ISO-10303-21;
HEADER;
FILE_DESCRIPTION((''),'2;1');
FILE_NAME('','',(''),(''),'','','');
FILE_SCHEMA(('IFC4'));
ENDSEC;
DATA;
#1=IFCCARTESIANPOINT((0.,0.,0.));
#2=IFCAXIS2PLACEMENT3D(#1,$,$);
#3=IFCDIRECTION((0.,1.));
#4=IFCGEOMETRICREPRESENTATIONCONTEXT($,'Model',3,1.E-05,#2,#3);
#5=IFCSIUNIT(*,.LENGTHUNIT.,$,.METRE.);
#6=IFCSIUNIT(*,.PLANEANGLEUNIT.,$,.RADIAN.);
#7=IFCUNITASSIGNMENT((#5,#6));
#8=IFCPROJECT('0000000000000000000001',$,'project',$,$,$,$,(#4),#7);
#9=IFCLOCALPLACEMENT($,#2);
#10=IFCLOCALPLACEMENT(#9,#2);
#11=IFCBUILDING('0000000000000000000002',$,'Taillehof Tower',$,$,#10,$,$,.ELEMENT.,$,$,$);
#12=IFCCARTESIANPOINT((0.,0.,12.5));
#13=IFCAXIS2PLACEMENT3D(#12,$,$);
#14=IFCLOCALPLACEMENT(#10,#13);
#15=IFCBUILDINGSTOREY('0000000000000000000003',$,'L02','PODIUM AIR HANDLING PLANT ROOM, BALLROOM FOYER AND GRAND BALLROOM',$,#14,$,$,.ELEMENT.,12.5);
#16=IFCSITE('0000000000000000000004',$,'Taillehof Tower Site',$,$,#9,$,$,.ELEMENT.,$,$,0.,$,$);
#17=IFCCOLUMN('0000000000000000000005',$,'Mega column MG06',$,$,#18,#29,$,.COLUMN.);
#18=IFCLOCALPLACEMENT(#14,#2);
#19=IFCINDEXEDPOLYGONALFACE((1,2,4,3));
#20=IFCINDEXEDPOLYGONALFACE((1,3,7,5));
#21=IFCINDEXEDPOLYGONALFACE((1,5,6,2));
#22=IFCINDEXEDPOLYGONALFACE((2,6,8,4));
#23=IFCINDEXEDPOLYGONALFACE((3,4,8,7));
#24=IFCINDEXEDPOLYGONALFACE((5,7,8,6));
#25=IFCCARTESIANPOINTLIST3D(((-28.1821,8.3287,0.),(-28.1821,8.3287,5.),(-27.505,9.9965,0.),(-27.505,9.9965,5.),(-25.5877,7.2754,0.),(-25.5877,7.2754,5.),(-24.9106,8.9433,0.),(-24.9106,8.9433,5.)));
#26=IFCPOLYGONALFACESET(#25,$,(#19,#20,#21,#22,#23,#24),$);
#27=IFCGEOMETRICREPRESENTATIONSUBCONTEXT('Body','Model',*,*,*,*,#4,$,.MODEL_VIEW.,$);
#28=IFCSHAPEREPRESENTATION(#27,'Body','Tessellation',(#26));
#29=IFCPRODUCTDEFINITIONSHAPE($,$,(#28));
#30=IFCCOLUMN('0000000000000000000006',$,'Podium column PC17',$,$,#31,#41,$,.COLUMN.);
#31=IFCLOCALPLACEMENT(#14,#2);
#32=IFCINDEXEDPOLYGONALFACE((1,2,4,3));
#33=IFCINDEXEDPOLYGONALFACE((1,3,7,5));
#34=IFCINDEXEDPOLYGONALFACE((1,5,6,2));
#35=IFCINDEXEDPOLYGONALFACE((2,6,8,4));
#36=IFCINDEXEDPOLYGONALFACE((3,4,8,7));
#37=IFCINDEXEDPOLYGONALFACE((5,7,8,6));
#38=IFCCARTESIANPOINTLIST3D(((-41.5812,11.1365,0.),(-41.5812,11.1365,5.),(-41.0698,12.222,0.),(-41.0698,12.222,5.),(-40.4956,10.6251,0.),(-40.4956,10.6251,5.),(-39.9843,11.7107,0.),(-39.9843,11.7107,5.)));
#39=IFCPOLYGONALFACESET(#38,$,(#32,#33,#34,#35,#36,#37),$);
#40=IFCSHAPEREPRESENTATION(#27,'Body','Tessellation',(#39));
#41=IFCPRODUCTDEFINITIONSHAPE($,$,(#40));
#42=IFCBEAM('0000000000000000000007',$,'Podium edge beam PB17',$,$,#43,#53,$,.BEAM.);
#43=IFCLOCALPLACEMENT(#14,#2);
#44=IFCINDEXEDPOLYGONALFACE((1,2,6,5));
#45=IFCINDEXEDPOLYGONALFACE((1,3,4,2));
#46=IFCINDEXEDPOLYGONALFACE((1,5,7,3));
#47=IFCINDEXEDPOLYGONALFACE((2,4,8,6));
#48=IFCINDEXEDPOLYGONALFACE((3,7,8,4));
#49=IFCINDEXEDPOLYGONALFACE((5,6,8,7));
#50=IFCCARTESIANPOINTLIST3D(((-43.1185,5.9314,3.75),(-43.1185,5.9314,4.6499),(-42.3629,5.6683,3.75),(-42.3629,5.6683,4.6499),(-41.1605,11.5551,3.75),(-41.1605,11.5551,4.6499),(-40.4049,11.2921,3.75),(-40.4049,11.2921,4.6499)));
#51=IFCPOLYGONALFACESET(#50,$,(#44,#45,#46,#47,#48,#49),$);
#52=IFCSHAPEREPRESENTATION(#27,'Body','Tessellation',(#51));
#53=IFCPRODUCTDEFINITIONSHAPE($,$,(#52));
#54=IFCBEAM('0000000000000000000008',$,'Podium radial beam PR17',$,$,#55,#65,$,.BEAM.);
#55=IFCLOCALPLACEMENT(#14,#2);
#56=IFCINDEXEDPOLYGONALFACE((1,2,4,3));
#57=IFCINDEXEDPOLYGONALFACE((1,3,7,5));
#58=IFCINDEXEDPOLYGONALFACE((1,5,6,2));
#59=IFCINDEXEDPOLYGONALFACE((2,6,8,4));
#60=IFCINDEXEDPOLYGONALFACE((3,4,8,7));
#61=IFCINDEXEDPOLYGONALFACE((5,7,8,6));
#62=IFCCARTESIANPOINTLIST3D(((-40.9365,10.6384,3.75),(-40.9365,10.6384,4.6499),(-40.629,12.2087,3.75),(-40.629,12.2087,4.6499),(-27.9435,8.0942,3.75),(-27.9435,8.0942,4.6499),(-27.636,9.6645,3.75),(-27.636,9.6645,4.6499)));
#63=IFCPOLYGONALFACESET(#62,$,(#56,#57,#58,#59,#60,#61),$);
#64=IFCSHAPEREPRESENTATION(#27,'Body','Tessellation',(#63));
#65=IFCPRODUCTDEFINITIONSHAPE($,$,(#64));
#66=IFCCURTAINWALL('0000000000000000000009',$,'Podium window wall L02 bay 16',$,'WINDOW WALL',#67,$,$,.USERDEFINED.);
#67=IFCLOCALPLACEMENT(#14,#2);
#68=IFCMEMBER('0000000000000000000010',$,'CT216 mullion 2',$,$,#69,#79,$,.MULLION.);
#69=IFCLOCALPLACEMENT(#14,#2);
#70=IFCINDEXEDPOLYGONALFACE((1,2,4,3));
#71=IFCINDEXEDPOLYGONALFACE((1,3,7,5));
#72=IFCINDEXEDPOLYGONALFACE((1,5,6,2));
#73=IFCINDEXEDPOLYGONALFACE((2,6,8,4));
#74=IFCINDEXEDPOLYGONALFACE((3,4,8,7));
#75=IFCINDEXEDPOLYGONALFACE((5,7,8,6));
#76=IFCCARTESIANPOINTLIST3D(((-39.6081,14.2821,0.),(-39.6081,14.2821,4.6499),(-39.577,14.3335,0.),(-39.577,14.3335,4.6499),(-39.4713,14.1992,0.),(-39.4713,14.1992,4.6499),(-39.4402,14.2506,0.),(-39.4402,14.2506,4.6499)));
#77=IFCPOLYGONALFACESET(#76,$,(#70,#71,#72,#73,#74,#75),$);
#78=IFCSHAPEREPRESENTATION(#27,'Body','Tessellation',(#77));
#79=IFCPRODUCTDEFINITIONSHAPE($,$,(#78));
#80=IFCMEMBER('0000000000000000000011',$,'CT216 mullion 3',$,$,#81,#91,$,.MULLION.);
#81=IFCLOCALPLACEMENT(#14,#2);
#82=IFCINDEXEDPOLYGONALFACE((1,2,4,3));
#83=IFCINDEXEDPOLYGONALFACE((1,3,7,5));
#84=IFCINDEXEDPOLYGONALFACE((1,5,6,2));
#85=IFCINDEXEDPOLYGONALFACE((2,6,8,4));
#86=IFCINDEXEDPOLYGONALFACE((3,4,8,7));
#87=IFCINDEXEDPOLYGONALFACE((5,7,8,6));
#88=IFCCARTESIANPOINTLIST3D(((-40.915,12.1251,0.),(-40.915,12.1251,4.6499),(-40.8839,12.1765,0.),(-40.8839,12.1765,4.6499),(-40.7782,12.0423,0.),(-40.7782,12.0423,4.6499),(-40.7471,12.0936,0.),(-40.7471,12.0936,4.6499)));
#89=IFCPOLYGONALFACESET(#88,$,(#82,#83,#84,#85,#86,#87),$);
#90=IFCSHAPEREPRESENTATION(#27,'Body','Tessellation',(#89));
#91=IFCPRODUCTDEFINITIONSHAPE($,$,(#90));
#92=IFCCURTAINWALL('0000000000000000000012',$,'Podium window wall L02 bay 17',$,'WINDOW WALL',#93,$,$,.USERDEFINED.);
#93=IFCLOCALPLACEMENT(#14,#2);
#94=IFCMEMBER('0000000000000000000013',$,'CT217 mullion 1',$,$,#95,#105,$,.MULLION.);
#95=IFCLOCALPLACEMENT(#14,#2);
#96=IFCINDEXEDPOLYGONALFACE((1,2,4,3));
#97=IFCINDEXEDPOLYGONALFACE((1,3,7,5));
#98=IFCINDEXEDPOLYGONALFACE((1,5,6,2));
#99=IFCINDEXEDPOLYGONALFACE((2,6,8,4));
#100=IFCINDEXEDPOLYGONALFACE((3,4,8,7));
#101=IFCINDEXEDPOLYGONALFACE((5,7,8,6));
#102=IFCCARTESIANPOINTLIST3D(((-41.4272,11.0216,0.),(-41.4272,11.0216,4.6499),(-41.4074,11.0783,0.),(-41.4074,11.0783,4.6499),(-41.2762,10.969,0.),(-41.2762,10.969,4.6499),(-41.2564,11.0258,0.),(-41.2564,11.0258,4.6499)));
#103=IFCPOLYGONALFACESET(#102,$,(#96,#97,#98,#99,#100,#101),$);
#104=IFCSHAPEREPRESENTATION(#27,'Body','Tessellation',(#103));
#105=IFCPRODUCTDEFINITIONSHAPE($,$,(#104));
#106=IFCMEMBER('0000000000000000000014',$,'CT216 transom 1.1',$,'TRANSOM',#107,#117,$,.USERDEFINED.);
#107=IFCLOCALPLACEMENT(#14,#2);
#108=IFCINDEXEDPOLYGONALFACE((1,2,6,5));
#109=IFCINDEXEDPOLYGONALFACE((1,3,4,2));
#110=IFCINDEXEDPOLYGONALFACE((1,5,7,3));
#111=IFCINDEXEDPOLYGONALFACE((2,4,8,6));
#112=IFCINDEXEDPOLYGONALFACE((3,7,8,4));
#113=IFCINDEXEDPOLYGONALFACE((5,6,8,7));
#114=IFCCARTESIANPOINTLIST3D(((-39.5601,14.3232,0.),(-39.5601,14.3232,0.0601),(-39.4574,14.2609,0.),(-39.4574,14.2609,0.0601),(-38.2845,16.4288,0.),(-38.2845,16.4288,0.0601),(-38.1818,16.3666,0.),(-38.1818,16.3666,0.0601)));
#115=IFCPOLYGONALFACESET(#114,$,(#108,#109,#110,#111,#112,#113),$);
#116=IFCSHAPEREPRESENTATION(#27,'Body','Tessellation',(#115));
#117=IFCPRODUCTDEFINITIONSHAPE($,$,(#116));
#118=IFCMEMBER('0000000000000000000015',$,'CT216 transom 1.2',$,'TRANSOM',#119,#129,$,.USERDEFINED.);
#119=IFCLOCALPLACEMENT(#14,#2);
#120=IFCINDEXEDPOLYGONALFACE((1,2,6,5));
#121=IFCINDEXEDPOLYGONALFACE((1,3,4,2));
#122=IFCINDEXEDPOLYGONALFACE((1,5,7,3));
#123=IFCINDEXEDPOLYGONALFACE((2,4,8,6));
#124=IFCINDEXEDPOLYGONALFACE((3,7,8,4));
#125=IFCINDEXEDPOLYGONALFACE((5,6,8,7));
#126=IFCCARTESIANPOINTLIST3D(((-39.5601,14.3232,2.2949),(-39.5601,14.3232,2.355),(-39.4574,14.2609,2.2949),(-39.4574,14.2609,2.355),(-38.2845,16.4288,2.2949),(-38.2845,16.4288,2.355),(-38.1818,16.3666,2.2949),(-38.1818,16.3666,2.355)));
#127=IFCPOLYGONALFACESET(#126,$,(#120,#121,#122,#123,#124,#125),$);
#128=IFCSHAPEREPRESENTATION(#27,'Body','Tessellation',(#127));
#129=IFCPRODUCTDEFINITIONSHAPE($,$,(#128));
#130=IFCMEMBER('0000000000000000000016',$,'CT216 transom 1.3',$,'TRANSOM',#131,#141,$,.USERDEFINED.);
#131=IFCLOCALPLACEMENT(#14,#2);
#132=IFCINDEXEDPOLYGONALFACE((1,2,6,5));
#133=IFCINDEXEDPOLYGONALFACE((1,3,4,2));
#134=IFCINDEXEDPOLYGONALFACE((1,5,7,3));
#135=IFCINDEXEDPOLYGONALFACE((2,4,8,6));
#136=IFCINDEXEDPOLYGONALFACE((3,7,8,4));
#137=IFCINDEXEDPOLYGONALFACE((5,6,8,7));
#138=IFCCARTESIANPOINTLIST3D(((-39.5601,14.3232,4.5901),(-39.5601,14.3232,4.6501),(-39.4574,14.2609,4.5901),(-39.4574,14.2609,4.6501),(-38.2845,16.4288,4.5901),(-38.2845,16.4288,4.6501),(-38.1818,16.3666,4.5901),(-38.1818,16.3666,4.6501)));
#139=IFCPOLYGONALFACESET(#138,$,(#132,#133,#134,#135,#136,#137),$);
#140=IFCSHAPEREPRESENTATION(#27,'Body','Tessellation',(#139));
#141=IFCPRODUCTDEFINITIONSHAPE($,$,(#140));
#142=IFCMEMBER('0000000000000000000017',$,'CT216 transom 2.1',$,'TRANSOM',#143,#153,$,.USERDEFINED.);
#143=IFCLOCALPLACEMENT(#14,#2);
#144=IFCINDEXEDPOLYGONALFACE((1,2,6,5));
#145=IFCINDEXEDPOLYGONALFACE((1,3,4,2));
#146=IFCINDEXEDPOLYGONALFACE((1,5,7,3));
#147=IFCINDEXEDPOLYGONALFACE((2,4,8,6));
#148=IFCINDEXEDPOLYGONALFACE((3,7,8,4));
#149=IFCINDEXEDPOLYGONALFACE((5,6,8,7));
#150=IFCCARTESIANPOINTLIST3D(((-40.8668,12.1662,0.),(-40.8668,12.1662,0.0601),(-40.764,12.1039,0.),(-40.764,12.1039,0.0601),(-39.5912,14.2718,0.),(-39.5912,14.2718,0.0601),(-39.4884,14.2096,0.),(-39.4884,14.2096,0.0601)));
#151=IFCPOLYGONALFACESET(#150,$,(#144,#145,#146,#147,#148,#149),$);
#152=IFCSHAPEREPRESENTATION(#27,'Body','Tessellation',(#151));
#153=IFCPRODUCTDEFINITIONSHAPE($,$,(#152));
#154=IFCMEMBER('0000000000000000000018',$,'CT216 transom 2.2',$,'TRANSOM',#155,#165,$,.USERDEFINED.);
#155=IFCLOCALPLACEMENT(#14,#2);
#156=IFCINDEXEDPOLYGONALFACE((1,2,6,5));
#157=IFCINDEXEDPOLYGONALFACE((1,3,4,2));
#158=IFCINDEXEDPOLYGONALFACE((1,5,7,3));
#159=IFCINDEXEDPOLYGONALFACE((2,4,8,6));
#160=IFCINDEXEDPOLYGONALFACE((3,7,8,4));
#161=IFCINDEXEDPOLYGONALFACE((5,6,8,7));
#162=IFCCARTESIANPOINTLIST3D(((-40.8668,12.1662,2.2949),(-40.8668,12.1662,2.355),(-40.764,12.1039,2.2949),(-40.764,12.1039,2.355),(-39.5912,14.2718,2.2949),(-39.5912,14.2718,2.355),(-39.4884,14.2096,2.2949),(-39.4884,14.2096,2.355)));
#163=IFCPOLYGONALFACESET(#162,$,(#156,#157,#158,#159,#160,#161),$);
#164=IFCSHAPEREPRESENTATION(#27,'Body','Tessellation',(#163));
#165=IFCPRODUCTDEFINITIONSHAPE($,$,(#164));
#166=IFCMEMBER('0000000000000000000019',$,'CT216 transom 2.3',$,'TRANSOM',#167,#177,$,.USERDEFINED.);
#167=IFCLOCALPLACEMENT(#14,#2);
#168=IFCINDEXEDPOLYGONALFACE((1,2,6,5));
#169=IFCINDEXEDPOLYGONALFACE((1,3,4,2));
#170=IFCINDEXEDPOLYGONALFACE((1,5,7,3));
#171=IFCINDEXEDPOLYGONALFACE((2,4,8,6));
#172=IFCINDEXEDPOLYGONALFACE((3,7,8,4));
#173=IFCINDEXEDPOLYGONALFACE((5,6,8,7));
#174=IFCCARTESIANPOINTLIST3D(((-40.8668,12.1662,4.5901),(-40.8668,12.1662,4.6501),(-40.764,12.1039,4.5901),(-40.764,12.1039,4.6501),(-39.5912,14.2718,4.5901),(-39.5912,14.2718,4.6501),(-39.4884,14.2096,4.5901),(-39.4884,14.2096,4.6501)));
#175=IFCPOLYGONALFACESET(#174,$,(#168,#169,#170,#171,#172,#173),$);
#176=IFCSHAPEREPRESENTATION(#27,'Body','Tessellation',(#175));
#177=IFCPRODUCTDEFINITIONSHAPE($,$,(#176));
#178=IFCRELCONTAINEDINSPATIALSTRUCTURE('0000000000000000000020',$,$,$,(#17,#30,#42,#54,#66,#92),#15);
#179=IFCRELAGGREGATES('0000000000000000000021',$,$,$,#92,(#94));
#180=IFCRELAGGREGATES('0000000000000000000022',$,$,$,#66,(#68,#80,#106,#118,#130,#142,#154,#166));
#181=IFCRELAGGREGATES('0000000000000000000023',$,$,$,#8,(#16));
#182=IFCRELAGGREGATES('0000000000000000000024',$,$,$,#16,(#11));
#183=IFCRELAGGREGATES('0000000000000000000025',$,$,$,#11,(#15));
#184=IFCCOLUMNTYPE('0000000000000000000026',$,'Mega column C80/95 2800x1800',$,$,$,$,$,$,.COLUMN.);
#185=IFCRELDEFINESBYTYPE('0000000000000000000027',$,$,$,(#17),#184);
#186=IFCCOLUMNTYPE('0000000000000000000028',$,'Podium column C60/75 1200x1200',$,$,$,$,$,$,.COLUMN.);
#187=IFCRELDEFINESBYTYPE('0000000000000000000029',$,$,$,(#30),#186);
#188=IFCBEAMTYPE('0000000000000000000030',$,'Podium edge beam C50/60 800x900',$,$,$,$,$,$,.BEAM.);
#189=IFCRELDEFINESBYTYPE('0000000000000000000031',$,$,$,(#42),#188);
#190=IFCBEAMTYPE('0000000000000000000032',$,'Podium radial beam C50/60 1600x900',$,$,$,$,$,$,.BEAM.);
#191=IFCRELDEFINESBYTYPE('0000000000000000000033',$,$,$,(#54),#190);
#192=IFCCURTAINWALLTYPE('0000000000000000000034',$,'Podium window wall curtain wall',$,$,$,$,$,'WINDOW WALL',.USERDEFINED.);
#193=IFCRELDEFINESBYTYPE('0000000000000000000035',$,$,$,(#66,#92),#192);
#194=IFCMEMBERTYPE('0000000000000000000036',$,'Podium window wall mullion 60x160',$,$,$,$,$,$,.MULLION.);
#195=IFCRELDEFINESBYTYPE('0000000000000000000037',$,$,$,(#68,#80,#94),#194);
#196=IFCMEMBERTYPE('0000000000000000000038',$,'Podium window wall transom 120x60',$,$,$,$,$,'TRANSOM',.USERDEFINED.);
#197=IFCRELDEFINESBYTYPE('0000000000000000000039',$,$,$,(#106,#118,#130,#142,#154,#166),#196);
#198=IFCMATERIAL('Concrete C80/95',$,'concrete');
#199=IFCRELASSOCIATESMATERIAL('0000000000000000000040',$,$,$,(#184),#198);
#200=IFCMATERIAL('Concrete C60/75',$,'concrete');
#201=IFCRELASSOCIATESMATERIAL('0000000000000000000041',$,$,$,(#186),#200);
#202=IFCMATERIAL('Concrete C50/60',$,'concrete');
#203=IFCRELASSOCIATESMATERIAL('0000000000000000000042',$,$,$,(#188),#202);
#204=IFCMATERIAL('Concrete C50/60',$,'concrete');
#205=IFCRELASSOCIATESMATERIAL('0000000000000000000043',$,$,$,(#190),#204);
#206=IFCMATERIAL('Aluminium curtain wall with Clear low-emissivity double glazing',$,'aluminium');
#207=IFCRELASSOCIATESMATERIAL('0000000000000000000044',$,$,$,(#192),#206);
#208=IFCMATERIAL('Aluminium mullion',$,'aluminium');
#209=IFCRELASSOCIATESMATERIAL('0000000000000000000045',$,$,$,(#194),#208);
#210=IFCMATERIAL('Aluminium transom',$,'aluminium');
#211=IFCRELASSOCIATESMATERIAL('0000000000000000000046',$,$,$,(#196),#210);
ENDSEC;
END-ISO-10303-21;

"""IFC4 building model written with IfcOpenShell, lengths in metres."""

from ifc_helpers import new_model, si_unit, direction, frame, origin, origin_2d, place, context, subcontext, project, spatial, rectangle, extrude, material, material_profile, profile_set, type_object, element, aggregate, save


model = new_model("IFC4")

# Units and contexts
model_context = context("Model", 3, precision=1e-05, world=origin(), true_north=direction((0.0, 1.0)))
body_context = subcontext(model_context, "Body", "Model", "MODEL_VIEW")
ifc_project = project(units=[si_unit("LENGTHUNIT", "METRE"), si_unit("PLANEANGLEUNIT", "RADIAN")], contexts=[model_context])

# Site, building, storey
site_placement = place(None, origin())
site = spatial("IfcSite", under=ifc_project, at=site_placement, Name="Taillehof Tower Site", CompositionType="ELEMENT", RefElevation=0.0)
building_placement = place(site_placement, origin())
building = spatial("IfcBuilding", under=site, at=building_placement, Name="Taillehof Tower", CompositionType="ELEMENT")
storey_placement = place(building_placement, frame((0.0, 0.0, 12.5)))
storey = spatial("IfcBuildingStorey", under=building, at=storey_placement, Name="L02", Description="PODIUM AIR HANDLING PLANT ROOM, BALLROOM FOYER AND GRAND BALLROOM", CompositionType="ELEMENT", Elevation=12.5)

# Columns
ifc_material_1 = material(Name="Concrete C80/95", Category="concrete")
ifc_material_profile_1 = material_profile(ifc_material_1, rectangle(XDim=2.8, YDim=1.8, at=origin_2d()), Name="RC 2800x1800")
ifc_profile_set_1 = profile_set([ifc_material_profile_1], Name="Concrete C80/95")
column_type_1 = type_object("IfcColumnType", Name="Mega column C80/95 2800x1800", PredefinedType="COLUMN", material=ifc_profile_set_1)
column_1_placement = place(storey_placement, frame((-26.5464, 8.636, 0.0), z_axis=(0.0, 0.0, 1.0), x_axis=(-0.926558, 0.376152, 0.0)))
element("IfcColumn", 1, at=column_1_placement, inside=storey, type_object=column_type_1, Name="Mega column MG06", PredefinedType="COLUMN", context=body_context, shape_type="SweptSolid", body=[
    extrude(rectangle(XDim=2.8, YDim=1.8, at=origin_2d()), origin(), (0.0, 0.0, 1.0), 5.0),
])
ifc_material_2 = material(Name="Concrete C60/75", Category="concrete")
ifc_material_profile_2 = material_profile(ifc_material_2, rectangle(XDim=1.2, YDim=1.2, at=origin_2d()), Name="RC 1200x1200")
ifc_profile_set_2 = profile_set([ifc_material_profile_2], Name="Concrete C60/75")
column_type_2 = type_object("IfcColumnType", Name="Podium column C60/75 1200x1200", PredefinedType="COLUMN", material=ifc_profile_set_2)
column_2_placement = place(storey_placement, frame((-40.7827, 11.4236, 0.0), z_axis=(0.0, 0.0, 1.0), x_axis=(-0.904668, 0.426117, 0.0)))
element("IfcColumn", 2, at=column_2_placement, inside=storey, type_object=column_type_2, Name="Podium column PC17", PredefinedType="COLUMN", context=body_context, shape_type="SweptSolid", body=[
    extrude(rectangle(XDim=1.2, YDim=1.2, at=origin_2d()), origin(), (0.0, 0.0, 1.0), 5.0),
])

# Beams
ifc_material_3 = material(Name="Concrete C50/60", Category="concrete")
ifc_material_profile_3 = material_profile(ifc_material_3, rectangle(XDim=0.8, YDim=0.8999, at=origin_2d()), Name="RC 800x900")
ifc_profile_set_3 = profile_set([ifc_material_profile_3], Name="Concrete C50/60")
beam_type_1 = type_object("IfcBeamType", Name="Podium edge beam C50/60 800x900", PredefinedType="BEAM", material=ifc_profile_set_3)
beam_1_placement = place(storey_placement, frame((-40.7827, 11.4236, 4.2), z_axis=(-0.328807, -0.944397, 0.0), x_axis=(0.944397, -0.328807, 0.0)))
element("IfcBeam", 3, at=beam_1_placement, inside=storey, type_object=beam_type_1, Name="Podium edge beam PB17", PredefinedType="BEAM", context=body_context, shape_type="SweptSolid", body=[
    extrude(rectangle(XDim=0.8, YDim=0.8999, at=origin_2d()), origin(), (0.0, 0.0, 1.0), 5.9548),
])
ifc_material_4 = material(Name="Concrete C50/60", Category="concrete")
ifc_material_profile_4 = material_profile(ifc_material_4, rectangle(XDim=1.6001, YDim=0.8999, at=origin_2d()), Name="RC 1600x900")
ifc_profile_set_4 = profile_set([ifc_material_profile_4], Name="Concrete C50/60")
beam_type_2 = type_object("IfcBeamType", Name="Podium radial beam C50/60 1600x900", PredefinedType="BEAM", material=ifc_profile_set_4)
beam_2_placement = place(storey_placement, frame((-40.7827, 11.4236, 4.2), z_axis=(0.981363, -0.192164, 0.0), x_axis=(0.192164, 0.981363, 0.0)))
element("IfcBeam", 4, at=beam_2_placement, inside=storey, type_object=beam_type_2, Name="Podium radial beam PR17", PredefinedType="BEAM", context=body_context, shape_type="SweptSolid", body=[
    extrude(rectangle(XDim=1.6001, YDim=0.8999, at=origin_2d()), origin(), (0.0, 0.0, 1.0), 13.2397),
])

# Curtain wall, members
ifc_material_5 = material(Name="Aluminium curtain wall with Clear low-emissivity double glazing", Category="aluminium")
curtain_wall_type = type_object("IfcCurtainWallType", Name="Podium window wall curtain wall", ElementType="WINDOW WALL", PredefinedType="USERDEFINED", material=ifc_material_5)
curtain_wall_1_placement = place(storey_placement, origin())
curtain_wall_1 = element("IfcCurtainWall", 5, at=curtain_wall_1_placement, inside=storey, type_object=curtain_wall_type, Name="Podium window wall L02 bay 16", ObjectType="WINDOW WALL", PredefinedType="USERDEFINED")
ifc_material_6 = material(Name="Aluminium mullion", Category="aluminium")
ifc_material_profile_5 = material_profile(ifc_material_6, rectangle(XDim=0.1599, YDim=0.0601, at=origin_2d()), Name="AL 60x160")
ifc_profile_set_5 = profile_set([ifc_material_profile_5], Name="Aluminium mullion")
member_type_1 = type_object("IfcMemberType", Name="Podium window wall mullion 60x160", PredefinedType="MULLION", material=ifc_profile_set_5)
member_1_placement = place(storey_placement, frame((-39.5242, 14.2664, 0.0), z_axis=(0.0, 0.0, 1.0), x_axis=(0.855289, -0.518151, 0.0)))
member_1 = element("IfcMember", 6, at=member_1_placement, type_object=member_type_1, Name="CT216 mullion 2", PredefinedType="MULLION", context=body_context, shape_type="SweptSolid", body=[
    extrude(rectangle(XDim=0.1599, YDim=0.0601, at=origin_2d()), origin(), (0.0, 0.0, 1.0), 4.6499),
])
member_2_placement = place(storey_placement, frame((-40.8311, 12.1094, 0.0), z_axis=(0.0, 0.0, 1.0), x_axis=(0.855289, -0.518151, 0.0)))
member_2 = element("IfcMember", 7, at=member_2_placement, type_object=member_type_1, Name="CT216 mullion 3", PredefinedType="MULLION", context=body_context, shape_type="SweptSolid", body=[
    extrude(rectangle(XDim=0.1599, YDim=0.0601, at=origin_2d()), origin(), (0.0, 0.0, 1.0), 4.6499),
])

# Curtain wall, member
curtain_wall_2_placement = place(storey_placement, origin())
curtain_wall_2 = element("IfcCurtainWall", 8, at=curtain_wall_2_placement, inside=storey, type_object=curtain_wall_type, Name="Podium window wall L02 bay 17", ObjectType="WINDOW WALL", PredefinedType="USERDEFINED")
member_3_placement = place(storey_placement, frame((-41.3418, 11.0237, 0.0), z_axis=(0.0, 0.0, 1.0), x_axis=(0.944414, -0.328758, 0.0)))
member_3 = element("IfcMember", 9, at=member_3_placement, type_object=member_type_1, Name="CT217 mullion 1", PredefinedType="MULLION", context=body_context, shape_type="SweptSolid", body=[
    extrude(rectangle(XDim=0.1599, YDim=0.0601, at=origin_2d()), origin(), (0.0, 0.0, 1.0), 4.6499),
])

# Members
ifc_material_7 = material(Name="Aluminium transom", Category="aluminium")
ifc_material_profile_6 = material_profile(ifc_material_7, rectangle(XDim=0.1201, YDim=0.0601, at=origin_2d()), Name="AL 120x60")
ifc_profile_set_6 = profile_set([ifc_material_profile_6], Name="Aluminium transom")
member_type_2 = type_object("IfcMemberType", Name="Podium window wall transom 120x60", ElementType="TRANSOM", PredefinedType="USERDEFINED", material=ifc_profile_set_6)
member_4_placement = place(storey_placement, frame((-38.2332, 16.3977, 0.03), z_axis=(-0.518137, -0.855298, 0.0), x_axis=(0.855298, -0.518137, 0.0)))
member_4 = element("IfcMember", 10, at=member_4_placement, type_object=member_type_2, Name="CT216 transom 1.1", ObjectType="TRANSOM", PredefinedType="USERDEFINED", context=body_context, shape_type="SweptSolid", body=[
    extrude(rectangle(XDim=0.1201, YDim=0.0601, at=origin_2d()), origin(), (0.0, 0.0, 1.0), 2.4619),
])
member_5_placement = place(storey_placement, frame((-38.2332, 16.3977, 2.325), z_axis=(-0.518137, -0.855298, 0.0), x_axis=(0.855298, -0.518137, 0.0)))
member_5 = element("IfcMember", 11, at=member_5_placement, type_object=member_type_2, Name="CT216 transom 1.2", ObjectType="TRANSOM", PredefinedType="USERDEFINED", context=body_context, shape_type="SweptSolid", body=[
    extrude(rectangle(XDim=0.1201, YDim=0.0601, at=origin_2d()), origin(), (0.0, 0.0, 1.0), 2.4619),
])
member_6_placement = place(storey_placement, frame((-38.2332, 16.3977, 4.6201), z_axis=(-0.518137, -0.855298, 0.0), x_axis=(0.855298, -0.518137, 0.0)))
member_6 = element("IfcMember", 12, at=member_6_placement, type_object=member_type_2, Name="CT216 transom 1.3", ObjectType="TRANSOM", PredefinedType="USERDEFINED", context=body_context, shape_type="SweptSolid", body=[
    extrude(rectangle(XDim=0.1201, YDim=0.0601, at=origin_2d()), origin(), (0.0, 0.0, 1.0), 2.4619),
])
member_7_placement = place(storey_placement, frame((-39.5398, 14.2407, 0.03), z_axis=(-0.518137, -0.855298, 0.0), x_axis=(0.855298, -0.518137, 0.0)))
member_7 = element("IfcMember", 13, at=member_7_placement, type_object=member_type_2, Name="CT216 transom 2.1", ObjectType="TRANSOM", PredefinedType="USERDEFINED", context=body_context, shape_type="SweptSolid", body=[
    extrude(rectangle(XDim=0.1201, YDim=0.0601, at=origin_2d()), origin(), (0.0, 0.0, 1.0), 2.4619),
])
member_8_placement = place(storey_placement, frame((-39.5398, 14.2407, 2.325), z_axis=(-0.518137, -0.855298, 0.0), x_axis=(0.855298, -0.518137, 0.0)))
member_8 = element("IfcMember", 14, at=member_8_placement, type_object=member_type_2, Name="CT216 transom 2.2", ObjectType="TRANSOM", PredefinedType="USERDEFINED", context=body_context, shape_type="SweptSolid", body=[
    extrude(rectangle(XDim=0.1201, YDim=0.0601, at=origin_2d()), origin(), (0.0, 0.0, 1.0), 2.4619),
])
member_9_placement = place(storey_placement, frame((-39.5398, 14.2407, 4.6201), z_axis=(-0.518137, -0.855298, 0.0), x_axis=(0.855298, -0.518137, 0.0)))
member_9 = element("IfcMember", 15, at=member_9_placement, type_object=member_type_2, Name="CT216 transom 2.3", ObjectType="TRANSOM", PredefinedType="USERDEFINED", context=body_context, shape_type="SweptSolid", body=[
    extrude(rectangle(XDim=0.1201, YDim=0.0601, at=origin_2d()), origin(), (0.0, 0.0, 1.0), 2.4619),
])
aggregate(curtain_wall_2, [member_3])

aggregate(curtain_wall_1, [member_1, member_2, member_4, member_5, member_6, member_7, member_8, member_9])

save(model, "model.ifc")
